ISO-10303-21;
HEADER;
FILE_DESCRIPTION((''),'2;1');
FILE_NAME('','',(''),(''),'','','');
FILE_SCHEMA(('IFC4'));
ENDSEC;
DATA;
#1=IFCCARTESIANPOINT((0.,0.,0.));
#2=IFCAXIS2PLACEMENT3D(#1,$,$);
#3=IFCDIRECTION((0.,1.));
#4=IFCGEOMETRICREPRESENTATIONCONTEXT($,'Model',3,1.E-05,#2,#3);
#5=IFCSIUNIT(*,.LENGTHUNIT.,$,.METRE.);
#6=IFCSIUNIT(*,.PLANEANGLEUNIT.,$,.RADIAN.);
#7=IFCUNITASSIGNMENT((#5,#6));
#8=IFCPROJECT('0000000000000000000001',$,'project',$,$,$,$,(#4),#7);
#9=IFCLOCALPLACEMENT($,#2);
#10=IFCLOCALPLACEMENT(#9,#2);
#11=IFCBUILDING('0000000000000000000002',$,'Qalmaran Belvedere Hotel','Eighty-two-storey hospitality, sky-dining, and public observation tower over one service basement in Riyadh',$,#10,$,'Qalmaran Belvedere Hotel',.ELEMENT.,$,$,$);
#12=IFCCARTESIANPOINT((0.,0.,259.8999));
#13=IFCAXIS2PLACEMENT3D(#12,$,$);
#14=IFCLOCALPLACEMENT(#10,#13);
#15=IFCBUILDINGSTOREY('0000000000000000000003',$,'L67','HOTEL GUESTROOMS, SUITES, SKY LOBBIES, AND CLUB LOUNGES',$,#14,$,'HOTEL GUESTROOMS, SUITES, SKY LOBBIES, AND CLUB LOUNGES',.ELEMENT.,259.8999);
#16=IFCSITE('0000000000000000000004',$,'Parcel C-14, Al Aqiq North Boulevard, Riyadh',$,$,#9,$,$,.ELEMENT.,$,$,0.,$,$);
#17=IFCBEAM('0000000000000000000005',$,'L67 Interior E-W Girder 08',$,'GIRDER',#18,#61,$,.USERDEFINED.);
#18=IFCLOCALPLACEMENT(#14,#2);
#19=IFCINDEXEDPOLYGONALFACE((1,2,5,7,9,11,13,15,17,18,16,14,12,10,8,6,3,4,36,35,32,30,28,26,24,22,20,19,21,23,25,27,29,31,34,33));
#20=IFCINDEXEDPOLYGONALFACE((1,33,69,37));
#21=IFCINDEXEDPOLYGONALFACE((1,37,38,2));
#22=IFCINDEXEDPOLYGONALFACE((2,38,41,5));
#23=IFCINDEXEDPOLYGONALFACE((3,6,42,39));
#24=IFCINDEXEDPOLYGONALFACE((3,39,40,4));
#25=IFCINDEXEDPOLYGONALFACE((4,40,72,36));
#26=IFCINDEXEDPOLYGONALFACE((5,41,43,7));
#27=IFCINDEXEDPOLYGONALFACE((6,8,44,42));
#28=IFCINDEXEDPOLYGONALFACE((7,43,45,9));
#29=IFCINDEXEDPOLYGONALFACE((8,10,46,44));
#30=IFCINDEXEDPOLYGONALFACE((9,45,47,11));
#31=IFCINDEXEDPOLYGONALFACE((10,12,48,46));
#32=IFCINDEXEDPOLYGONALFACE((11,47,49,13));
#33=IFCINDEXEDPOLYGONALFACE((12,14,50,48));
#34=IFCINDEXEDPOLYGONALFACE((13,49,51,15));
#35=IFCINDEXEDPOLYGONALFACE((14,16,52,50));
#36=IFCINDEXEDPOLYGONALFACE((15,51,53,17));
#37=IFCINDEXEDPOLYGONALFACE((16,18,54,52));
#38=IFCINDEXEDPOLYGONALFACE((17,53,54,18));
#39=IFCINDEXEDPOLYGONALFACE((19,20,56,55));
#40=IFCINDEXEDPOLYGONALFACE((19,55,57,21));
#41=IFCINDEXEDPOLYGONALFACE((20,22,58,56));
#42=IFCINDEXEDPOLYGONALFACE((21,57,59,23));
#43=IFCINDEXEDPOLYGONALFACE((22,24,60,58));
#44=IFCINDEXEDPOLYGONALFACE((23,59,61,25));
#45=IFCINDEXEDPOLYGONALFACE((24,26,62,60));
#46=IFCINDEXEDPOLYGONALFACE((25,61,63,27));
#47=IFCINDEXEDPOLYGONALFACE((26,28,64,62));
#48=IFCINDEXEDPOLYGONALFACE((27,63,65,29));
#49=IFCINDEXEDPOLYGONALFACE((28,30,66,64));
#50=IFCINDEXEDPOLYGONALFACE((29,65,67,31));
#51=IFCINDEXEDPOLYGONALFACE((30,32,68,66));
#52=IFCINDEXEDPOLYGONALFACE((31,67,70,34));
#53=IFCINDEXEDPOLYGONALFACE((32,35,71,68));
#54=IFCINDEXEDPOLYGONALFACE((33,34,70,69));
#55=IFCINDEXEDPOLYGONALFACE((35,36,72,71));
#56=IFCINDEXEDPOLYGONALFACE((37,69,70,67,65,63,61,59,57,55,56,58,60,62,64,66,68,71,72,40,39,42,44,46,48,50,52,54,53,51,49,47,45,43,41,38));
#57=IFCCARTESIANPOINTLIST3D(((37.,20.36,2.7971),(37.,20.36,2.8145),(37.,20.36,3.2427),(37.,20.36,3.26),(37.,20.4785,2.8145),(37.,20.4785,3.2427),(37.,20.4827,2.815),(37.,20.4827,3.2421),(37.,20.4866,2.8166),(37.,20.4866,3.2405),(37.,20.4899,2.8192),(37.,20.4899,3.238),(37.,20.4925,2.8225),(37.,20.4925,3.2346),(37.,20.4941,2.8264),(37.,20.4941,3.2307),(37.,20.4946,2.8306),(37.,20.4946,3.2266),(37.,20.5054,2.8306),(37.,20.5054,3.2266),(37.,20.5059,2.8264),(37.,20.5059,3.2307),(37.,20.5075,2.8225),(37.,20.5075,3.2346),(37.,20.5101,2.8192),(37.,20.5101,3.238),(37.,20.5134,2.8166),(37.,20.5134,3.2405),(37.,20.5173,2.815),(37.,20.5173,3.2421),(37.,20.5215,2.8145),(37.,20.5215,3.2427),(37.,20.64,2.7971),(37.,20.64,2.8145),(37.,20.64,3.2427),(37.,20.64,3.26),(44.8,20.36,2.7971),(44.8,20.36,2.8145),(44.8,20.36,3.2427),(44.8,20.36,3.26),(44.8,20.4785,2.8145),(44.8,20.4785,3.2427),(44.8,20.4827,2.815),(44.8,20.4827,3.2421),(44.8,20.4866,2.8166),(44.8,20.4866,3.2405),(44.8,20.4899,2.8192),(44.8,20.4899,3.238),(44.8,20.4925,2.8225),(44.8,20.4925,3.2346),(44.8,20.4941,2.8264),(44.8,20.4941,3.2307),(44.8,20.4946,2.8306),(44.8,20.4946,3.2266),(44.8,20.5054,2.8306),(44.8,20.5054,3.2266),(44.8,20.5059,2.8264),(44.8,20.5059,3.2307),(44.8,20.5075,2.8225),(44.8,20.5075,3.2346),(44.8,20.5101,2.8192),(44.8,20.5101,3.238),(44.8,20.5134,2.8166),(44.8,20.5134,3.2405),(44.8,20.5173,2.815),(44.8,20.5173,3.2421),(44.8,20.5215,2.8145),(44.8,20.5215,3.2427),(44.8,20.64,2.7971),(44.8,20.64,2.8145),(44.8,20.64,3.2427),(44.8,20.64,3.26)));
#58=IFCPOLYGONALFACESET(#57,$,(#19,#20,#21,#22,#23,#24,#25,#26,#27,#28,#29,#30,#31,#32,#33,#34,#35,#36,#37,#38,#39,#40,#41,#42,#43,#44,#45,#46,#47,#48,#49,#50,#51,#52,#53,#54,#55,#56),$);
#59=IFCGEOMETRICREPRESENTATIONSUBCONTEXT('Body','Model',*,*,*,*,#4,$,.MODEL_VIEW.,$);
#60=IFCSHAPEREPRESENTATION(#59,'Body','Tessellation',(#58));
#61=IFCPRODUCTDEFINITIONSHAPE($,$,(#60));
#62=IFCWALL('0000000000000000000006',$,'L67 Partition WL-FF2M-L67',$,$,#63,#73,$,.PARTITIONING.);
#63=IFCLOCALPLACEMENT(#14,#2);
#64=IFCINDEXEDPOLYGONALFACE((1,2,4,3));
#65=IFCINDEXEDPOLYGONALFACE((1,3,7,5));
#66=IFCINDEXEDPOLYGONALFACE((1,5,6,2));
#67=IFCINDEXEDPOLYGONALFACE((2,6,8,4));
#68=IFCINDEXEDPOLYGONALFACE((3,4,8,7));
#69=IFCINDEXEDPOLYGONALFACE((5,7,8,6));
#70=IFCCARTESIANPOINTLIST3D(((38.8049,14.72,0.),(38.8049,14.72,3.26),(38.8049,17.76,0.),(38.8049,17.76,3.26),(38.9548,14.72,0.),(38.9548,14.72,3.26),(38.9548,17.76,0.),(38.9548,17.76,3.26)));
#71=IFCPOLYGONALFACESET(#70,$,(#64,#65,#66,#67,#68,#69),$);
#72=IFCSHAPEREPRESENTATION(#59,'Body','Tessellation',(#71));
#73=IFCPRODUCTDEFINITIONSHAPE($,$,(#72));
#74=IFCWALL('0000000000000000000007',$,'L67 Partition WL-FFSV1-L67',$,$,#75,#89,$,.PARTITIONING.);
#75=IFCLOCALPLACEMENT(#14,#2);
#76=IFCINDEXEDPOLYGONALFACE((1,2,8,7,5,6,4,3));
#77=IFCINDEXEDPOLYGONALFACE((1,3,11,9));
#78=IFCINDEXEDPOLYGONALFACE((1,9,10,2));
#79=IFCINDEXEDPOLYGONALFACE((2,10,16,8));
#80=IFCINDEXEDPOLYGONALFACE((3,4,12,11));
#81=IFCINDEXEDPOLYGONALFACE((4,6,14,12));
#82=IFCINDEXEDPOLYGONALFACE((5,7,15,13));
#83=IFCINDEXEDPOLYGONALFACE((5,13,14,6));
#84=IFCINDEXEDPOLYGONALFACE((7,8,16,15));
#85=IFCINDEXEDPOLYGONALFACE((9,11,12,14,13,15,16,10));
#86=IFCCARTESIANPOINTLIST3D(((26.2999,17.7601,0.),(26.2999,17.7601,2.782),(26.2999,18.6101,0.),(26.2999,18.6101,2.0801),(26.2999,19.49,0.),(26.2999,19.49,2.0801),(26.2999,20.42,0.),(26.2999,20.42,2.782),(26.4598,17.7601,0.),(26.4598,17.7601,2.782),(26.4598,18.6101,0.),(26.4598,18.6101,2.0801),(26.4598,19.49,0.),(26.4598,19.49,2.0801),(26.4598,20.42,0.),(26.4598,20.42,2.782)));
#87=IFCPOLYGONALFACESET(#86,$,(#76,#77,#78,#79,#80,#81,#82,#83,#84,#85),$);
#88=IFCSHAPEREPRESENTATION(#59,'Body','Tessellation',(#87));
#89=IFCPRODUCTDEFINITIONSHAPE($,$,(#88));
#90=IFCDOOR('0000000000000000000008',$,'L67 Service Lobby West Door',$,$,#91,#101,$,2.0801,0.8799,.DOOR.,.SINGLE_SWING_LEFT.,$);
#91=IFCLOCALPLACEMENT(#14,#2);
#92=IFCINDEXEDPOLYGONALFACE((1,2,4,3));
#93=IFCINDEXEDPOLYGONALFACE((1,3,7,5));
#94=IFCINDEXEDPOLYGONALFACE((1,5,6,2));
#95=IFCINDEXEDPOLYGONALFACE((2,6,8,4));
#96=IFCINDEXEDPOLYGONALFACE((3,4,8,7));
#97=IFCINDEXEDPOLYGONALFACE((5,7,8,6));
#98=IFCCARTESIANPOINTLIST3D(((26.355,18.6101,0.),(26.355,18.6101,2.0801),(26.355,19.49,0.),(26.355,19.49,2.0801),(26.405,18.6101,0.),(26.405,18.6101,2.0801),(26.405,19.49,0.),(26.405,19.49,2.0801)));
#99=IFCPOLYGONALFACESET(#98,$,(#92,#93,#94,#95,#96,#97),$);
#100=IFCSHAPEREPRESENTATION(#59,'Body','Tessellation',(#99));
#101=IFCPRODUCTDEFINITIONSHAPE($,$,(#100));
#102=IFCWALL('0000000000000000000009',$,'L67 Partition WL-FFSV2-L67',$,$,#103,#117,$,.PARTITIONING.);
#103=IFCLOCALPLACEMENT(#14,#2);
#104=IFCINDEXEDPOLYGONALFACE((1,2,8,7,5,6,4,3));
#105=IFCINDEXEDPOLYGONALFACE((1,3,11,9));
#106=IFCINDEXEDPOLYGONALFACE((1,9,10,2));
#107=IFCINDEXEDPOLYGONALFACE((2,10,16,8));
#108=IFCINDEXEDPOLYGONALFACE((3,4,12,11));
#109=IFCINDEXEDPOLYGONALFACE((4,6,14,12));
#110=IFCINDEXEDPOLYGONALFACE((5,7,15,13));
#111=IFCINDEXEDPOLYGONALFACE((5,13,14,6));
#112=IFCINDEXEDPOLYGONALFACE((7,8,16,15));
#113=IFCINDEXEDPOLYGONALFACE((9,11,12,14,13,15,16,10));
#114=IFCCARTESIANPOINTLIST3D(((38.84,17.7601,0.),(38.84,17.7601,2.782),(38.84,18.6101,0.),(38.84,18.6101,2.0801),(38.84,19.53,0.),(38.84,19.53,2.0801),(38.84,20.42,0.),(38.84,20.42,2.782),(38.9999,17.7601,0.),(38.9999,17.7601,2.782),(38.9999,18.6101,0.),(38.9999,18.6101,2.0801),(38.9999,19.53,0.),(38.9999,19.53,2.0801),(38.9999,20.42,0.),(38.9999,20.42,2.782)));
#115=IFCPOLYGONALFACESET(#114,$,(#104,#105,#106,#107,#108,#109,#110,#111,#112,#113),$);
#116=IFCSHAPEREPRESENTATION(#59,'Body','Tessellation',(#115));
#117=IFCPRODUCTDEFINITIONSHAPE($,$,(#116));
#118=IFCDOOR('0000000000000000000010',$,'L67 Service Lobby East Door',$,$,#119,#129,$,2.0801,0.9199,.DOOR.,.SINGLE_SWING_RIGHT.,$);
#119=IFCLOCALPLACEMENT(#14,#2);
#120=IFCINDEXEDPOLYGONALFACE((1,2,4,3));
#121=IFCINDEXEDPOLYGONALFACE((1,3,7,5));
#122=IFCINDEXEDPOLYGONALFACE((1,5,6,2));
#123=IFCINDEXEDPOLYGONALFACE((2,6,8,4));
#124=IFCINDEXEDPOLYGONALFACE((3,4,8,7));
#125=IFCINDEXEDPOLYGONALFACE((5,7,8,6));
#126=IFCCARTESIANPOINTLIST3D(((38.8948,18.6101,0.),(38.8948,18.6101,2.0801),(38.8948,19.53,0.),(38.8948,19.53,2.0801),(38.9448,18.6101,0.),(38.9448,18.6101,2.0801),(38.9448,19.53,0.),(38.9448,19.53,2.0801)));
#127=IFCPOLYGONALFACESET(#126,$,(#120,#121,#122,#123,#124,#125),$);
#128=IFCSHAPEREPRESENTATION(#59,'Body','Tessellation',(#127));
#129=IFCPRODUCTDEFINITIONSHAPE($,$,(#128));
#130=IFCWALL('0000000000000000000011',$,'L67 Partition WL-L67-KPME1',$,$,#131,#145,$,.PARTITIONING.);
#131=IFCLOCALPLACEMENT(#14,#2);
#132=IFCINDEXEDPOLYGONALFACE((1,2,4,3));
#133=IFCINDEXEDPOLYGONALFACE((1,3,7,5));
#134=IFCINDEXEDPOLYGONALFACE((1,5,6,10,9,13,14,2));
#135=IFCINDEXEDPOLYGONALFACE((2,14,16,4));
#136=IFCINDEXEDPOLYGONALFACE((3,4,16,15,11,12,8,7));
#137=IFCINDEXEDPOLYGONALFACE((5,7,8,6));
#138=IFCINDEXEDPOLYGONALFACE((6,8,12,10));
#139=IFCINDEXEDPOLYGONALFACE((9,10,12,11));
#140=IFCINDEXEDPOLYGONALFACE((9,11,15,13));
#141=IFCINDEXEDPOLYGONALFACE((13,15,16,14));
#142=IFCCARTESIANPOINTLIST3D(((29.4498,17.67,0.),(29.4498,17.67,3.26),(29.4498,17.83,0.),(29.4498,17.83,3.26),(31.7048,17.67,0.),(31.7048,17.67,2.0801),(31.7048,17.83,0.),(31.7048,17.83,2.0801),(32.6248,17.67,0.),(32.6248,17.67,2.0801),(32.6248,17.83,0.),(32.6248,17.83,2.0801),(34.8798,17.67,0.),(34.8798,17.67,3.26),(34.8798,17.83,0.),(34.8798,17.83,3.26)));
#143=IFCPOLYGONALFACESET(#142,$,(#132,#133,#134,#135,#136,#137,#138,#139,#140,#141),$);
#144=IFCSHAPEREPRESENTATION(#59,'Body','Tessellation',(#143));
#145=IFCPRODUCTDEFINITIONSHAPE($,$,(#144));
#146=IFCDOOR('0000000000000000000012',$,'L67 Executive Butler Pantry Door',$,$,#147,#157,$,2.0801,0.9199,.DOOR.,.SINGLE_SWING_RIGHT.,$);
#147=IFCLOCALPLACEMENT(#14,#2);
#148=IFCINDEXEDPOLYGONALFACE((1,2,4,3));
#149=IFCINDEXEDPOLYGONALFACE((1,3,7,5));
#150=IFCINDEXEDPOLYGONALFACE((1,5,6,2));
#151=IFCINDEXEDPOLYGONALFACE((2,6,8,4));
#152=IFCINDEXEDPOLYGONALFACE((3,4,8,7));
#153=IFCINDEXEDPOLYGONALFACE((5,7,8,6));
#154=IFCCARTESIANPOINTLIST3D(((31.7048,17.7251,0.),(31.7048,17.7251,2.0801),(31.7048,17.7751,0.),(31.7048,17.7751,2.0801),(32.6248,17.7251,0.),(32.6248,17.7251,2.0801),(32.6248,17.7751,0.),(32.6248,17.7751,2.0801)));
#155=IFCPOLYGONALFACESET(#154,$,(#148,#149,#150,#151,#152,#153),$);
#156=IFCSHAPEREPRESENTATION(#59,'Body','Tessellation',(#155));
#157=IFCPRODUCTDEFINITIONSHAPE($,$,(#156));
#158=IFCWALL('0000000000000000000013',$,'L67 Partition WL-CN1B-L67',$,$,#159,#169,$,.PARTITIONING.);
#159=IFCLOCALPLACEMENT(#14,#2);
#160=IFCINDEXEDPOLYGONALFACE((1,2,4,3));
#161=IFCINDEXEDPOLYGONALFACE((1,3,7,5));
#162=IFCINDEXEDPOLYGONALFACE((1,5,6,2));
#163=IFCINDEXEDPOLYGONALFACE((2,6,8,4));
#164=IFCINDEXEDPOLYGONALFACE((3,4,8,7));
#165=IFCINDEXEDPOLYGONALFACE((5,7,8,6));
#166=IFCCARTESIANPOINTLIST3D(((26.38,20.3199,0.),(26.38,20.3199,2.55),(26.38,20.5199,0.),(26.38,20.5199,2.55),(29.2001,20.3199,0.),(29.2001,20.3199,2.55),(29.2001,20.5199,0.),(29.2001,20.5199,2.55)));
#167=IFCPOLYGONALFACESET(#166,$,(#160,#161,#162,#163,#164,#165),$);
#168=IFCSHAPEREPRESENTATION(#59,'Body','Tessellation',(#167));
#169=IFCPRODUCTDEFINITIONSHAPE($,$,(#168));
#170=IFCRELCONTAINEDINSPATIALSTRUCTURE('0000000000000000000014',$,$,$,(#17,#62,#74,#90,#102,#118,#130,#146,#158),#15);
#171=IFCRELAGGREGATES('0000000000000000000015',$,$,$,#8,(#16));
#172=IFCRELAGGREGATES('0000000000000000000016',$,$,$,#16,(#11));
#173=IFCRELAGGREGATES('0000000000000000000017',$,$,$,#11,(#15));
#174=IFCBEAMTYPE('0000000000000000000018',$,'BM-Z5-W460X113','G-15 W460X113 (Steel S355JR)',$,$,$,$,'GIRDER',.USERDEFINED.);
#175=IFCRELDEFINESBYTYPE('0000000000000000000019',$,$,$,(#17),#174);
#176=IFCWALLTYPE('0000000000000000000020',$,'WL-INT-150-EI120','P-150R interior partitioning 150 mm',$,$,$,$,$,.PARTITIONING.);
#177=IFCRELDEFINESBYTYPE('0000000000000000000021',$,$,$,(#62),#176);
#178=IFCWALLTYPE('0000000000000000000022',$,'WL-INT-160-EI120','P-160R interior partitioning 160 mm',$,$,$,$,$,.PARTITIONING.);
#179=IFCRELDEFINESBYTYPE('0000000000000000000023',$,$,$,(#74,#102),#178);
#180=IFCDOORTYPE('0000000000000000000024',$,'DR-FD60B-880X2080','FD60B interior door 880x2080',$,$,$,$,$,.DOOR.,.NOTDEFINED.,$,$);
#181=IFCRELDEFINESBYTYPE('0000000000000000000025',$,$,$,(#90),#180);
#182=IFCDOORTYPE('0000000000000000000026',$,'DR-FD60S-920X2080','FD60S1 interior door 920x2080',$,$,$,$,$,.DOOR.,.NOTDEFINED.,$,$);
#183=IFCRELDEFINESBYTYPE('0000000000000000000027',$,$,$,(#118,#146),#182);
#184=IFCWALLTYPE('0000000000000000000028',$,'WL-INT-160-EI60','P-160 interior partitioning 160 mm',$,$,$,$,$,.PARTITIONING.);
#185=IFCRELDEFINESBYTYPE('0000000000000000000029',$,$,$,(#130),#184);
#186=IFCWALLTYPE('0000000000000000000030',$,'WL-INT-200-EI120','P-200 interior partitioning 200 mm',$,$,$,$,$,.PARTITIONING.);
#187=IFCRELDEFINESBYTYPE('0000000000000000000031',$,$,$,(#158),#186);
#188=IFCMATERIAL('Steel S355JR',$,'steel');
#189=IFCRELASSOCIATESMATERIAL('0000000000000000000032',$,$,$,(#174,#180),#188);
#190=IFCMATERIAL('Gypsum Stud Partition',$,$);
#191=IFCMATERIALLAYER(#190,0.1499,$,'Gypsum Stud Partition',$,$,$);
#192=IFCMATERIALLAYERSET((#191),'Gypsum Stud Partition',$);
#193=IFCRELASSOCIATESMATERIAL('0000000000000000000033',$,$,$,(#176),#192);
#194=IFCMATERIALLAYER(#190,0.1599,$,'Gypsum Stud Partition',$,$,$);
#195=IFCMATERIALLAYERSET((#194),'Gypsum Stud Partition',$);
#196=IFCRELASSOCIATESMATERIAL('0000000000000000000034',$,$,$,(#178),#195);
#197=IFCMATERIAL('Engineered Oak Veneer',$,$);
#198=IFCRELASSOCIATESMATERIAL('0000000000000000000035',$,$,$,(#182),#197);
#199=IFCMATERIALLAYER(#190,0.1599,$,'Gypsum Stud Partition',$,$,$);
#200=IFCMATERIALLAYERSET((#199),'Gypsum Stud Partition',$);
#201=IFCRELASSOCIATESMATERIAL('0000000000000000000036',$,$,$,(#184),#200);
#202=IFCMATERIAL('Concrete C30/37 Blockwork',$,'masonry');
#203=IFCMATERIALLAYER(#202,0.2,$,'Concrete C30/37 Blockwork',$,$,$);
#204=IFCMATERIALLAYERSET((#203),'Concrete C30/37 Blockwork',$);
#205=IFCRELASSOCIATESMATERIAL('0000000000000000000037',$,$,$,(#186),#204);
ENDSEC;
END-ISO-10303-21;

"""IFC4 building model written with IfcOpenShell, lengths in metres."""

from ifc_helpers import new_model, si_unit, direction, frame, frame_2d, origin, origin_2d, place, context, subcontext, project, spatial, rectangle, i_section, extrude, material, layer, layer_set, material_profile, profile_set, type_object, element, fill, save


model = new_model("IFC4")

# Units and contexts
model_context = context("Model", 3, precision=1e-05, world=origin(), true_north=direction((0.0, 1.0)))
body_context = subcontext(model_context, "Body", "Model", "MODEL_VIEW")
ifc_project = project(units=[si_unit("LENGTHUNIT", "METRE"), si_unit("PLANEANGLEUNIT", "RADIAN")], contexts=[model_context])

# Site, building, storey
site_placement = place(None, origin())
site = spatial("IfcSite", under=ifc_project, at=site_placement, Name="Parcel C-14, Al Aqiq North Boulevard, Riyadh", CompositionType="ELEMENT", RefElevation=0.0)
building_placement = place(site_placement, origin())
building = spatial("IfcBuilding", under=site, at=building_placement, Name="Qalmaran Belvedere Hotel", Description="Eighty-two-storey hospitality, sky-dining, and public observation tower over one service basement in Riyadh", LongName="Qalmaran Belvedere Hotel", CompositionType="ELEMENT")
storey_placement = place(building_placement, frame((0.0, 0.0, 259.8999)))
storey = spatial("IfcBuildingStorey", under=building, at=storey_placement, Name="L67", Description="HOTEL GUESTROOMS, SUITES, SKY LOBBIES, AND CLUB LOUNGES", LongName="HOTEL GUESTROOMS, SUITES, SKY LOBBIES, AND CLUB LOUNGES", CompositionType="ELEMENT", Elevation=259.8999)

# Beam
ifc_material_1 = material(Name="Steel S355JR", Category="steel")
ifc_material_profile_1 = material_profile(ifc_material_1, i_section(OverallWidth=0.28, OverallDepth=0.4629, WebThickness=0.0107, FlangeThickness=0.0173, FilletRadius=0.0161, at=origin_2d()), Name="W460X113")
ifc_profile_set_1 = profile_set([ifc_material_profile_1], Name="Steel S355JR")
beam_type_1 = type_object("IfcBeamType", Name="BM-Z5-W460X113", Description="G-15 W460X113 (Steel S355JR)", ElementType="GIRDER", PredefinedType="USERDEFINED", material=ifc_profile_set_1)
for number, where, z_axis, x_axis, name in (
    (1, (37.0, 20.5, 3.0286), (1.0, 0.0, 0.0), (0.0, 1.0, 0.0), "L67 Interior E-W Girder 08"),
):
    element("IfcBeam", number, at=place(storey_placement, frame(where, z_axis=z_axis, x_axis=x_axis)), inside=storey, type_object=beam_type_1, Name=name, ObjectType="GIRDER", PredefinedType="USERDEFINED", context=body_context, shape_type="SweptSolid", body=[
        extrude(i_section(OverallWidth=0.28, OverallDepth=0.4629, WebThickness=0.0107, FlangeThickness=0.0173, FilletRadius=0.0161, at=origin_2d()), origin(), (0.0, 0.0, 1.0), 7.8),
    ])

# Wall
ifc_material_2 = material(Name="Gypsum Stud Partition")
ifc_layer_1 = layer(ifc_material_2, 0.1499, Name="Gypsum Stud Partition")
ifc_layer_set_1 = layer_set([ifc_layer_1], Name="Gypsum Stud Partition")
wall_type_1 = type_object("IfcWallType", Name="WL-INT-150-EI120", Description="P-150R interior partitioning 150 mm", PredefinedType="PARTITIONING", material=ifc_layer_set_1)
wall_1_placement = place(storey_placement, frame((38.8799, 14.72, 0.0), z_axis=(0.0, 0.0, 1.0), x_axis=(0.0, 1.0, 0.0)))
element("IfcWall", 2, at=wall_1_placement, inside=storey, type_object=wall_type_1, Name="L67 Partition WL-FF2M-L67", PredefinedType="PARTITIONING", context=body_context, shape_type="SweptSolid", body=[
    extrude(rectangle(XDim=3.04, YDim=0.1499, at=frame_2d((1.52, 0.0))), origin(), (0.0, 0.0, 1.0), 3.26),
])

# Walls, openings, doors
ifc_layer_2 = layer(ifc_material_2, 0.1599, Name="Gypsum Stud Partition")
ifc_layer_set_2 = layer_set([ifc_layer_2], Name="Gypsum Stud Partition")
wall_type_2 = type_object("IfcWallType", Name="WL-INT-160-EI120", Description="P-160R interior partitioning 160 mm", PredefinedType="PARTITIONING", material=ifc_layer_set_2)
wall_2_placement = place(storey_placement, frame((26.3799, 17.76, 0.0), z_axis=(0.0, 0.0, 1.0), x_axis=(0.0, 1.0, 0.0)))
wall_2 = element("IfcWall", 3, at=wall_2_placement, inside=storey, type_object=wall_type_2, Name="L67 Partition WL-FFSV1-L67", PredefinedType="PARTITIONING", context=body_context, shape_type="SweptSolid", body=[
    extrude(rectangle(XDim=2.6599, YDim=0.1599, at=frame_2d((1.3301, 0.0))), origin(), (0.0, 0.0, 1.0), 2.782),
])
opening_1_placement = place(wall_2_placement, frame((0.8501, 0.0, 0.0)))
opening_1 = element("IfcOpeningElement", 4, at=opening_1_placement, cuts=wall_2, PredefinedType="OPENING", context=body_context, shape_type="SweptSolid", body=[
    extrude(rectangle(XDim=0.8799, YDim=2.0801, at=frame_2d((0.4399, 1.04))), frame((0.0, 0.0898, 0.0), z_axis=(0.0, -1.0, 0.0), x_axis=(1.0, 0.0, 0.0)), (0.0, 0.0, 1.0), 0.1799),
])
door_type_1 = type_object("IfcDoorType", Name="DR-FD60B-880X2080", Description="FD60B interior door 880x2080", OperationType="NOTDEFINED", PredefinedType="DOOR", material=ifc_material_1)
door_1_placement = place(opening_1_placement, origin())
door_1 = element("IfcDoor", 5, at=door_1_placement, inside=storey, type_object=door_type_1, Name="L67 Service Lobby West Door", OperationType="SINGLE_SWING_LEFT", OverallHeight=2.0801, OverallWidth=0.8799, PredefinedType="DOOR", context=body_context, shape_type="SweptSolid", body=[
    extrude(rectangle(XDim=0.8799, YDim=2.0801, at=frame_2d((0.4399, 1.04))), frame((0.0, 0.0249, 0.0), z_axis=(0.0, -1.0, 0.0), x_axis=(1.0, 0.0, 0.0)), (0.0, 0.0, 1.0), 0.05),
])
fill(opening_1, door_1)
wall_3_placement = place(storey_placement, frame((38.9199, 17.76, 0.0), z_axis=(0.0, 0.0, 1.0), x_axis=(0.0, 1.0, 0.0)))
wall_3 = element("IfcWall", 6, at=wall_3_placement, inside=storey, type_object=wall_type_2, Name="L67 Partition WL-FFSV2-L67", PredefinedType="PARTITIONING", context=body_context, shape_type="SweptSolid", body=[
    extrude(rectangle(XDim=2.6599, YDim=0.1599, at=frame_2d((1.3301, 0.0))), origin(), (0.0, 0.0, 1.0), 2.782),
])
opening_2_placement = place(wall_3_placement, frame((1.77, 0.0, 0.0), z_axis=(0.0, 0.0, 1.0), x_axis=(-1.0, 0.0, 0.0)))
opening_2 = element("IfcOpeningElement", 7, at=opening_2_placement, cuts=wall_3, PredefinedType="OPENING", context=body_context, shape_type="SweptSolid", body=[
    extrude(rectangle(XDim=0.9199, YDim=2.0801, at=frame_2d((0.46, 1.04))), frame((0.0, 0.0898, 0.0), z_axis=(0.0, -1.0, 0.0), x_axis=(1.0, 0.0, 0.0)), (0.0, 0.0, 1.0), 0.1799),
])
ifc_material_3 = material(Name="Engineered Oak Veneer")
door_type_2 = type_object("IfcDoorType", Name="DR-FD60S-920X2080", Description="FD60S1 interior door 920x2080", OperationType="NOTDEFINED", PredefinedType="DOOR", material=ifc_material_3)
door_2_placement = place(opening_2_placement, origin())
door_2 = element("IfcDoor", 8, at=door_2_placement, inside=storey, type_object=door_type_2, Name="L67 Service Lobby East Door", OperationType="SINGLE_SWING_RIGHT", OverallHeight=2.0801, OverallWidth=0.9199, PredefinedType="DOOR", context=body_context, shape_type="SweptSolid", body=[
    extrude(rectangle(XDim=0.9199, YDim=2.0801, at=frame_2d((0.46, 1.04))), frame((0.0, 0.0249, 0.0), z_axis=(0.0, -1.0, 0.0), x_axis=(1.0, 0.0, 0.0)), (0.0, 0.0, 1.0), 0.05),
])
fill(opening_2, door_2)
ifc_layer_3 = layer(ifc_material_2, 0.1599, Name="Gypsum Stud Partition")
ifc_layer_set_3 = layer_set([ifc_layer_3], Name="Gypsum Stud Partition")
wall_type_3 = type_object("IfcWallType", Name="WL-INT-160-EI60", Description="P-160 interior partitioning 160 mm", PredefinedType="PARTITIONING", material=ifc_layer_set_3)
wall_4_placement = place(storey_placement, frame((29.45, 17.75, 0.0), z_axis=(0.0, 0.0, 1.0), x_axis=(1.0, 0.0, 0.0)))
wall_4 = element("IfcWall", 9, at=wall_4_placement, inside=storey, type_object=wall_type_3, Name="L67 Partition WL-L67-KPME1", PredefinedType="PARTITIONING", context=body_context, shape_type="SweptSolid", body=[
    extrude(rectangle(XDim=5.4299, YDim=0.1599, at=frame_2d((2.7148, 0.0))), origin(), (0.0, 0.0, 1.0), 3.26),
])
opening_3_placement = place(wall_4_placement, frame((3.1748, 0.0, 0.0), z_axis=(0.0, 0.0, 1.0), x_axis=(-1.0, 0.0, 0.0)))
opening_3 = element("IfcOpeningElement", 10, at=opening_3_placement, cuts=wall_4, PredefinedType="OPENING", context=body_context, shape_type="SweptSolid", body=[
    extrude(rectangle(XDim=0.9199, YDim=2.0801, at=frame_2d((0.46, 1.04))), frame((0.0, 0.0898, 0.0), z_axis=(0.0, -1.0, 0.0), x_axis=(1.0, 0.0, 0.0)), (0.0, 0.0, 1.0), 0.1799),
])
door_3_placement = place(opening_3_placement, origin())
door_3 = element("IfcDoor", 11, at=door_3_placement, inside=storey, type_object=door_type_2, Name="L67 Executive Butler Pantry Door", OperationType="SINGLE_SWING_RIGHT", OverallHeight=2.0801, OverallWidth=0.9199, PredefinedType="DOOR", context=body_context, shape_type="SweptSolid", body=[
    extrude(rectangle(XDim=0.9199, YDim=2.0801, at=frame_2d((0.46, 1.04))), frame((0.0, 0.0249, 0.0), z_axis=(0.0, -1.0, 0.0), x_axis=(1.0, 0.0, 0.0)), (0.0, 0.0, 1.0), 0.05),
])
fill(opening_3, door_3)

# Wall
ifc_material_4 = material(Name="Concrete C30/37 Blockwork", Category="masonry")
ifc_layer_4 = layer(ifc_material_4, 0.2, Name="Concrete C30/37 Blockwork")
ifc_layer_set_4 = layer_set([ifc_layer_4], Name="Concrete C30/37 Blockwork")
wall_type_4 = type_object("IfcWallType", Name="WL-INT-200-EI120", Description="P-200 interior partitioning 200 mm", PredefinedType="PARTITIONING", material=ifc_layer_set_4)
wall_5_placement = place(storey_placement, frame((26.3799, 20.4199, 0.0), z_axis=(0.0, 0.0, 1.0), x_axis=(1.0, 0.0, 0.0)))
element("IfcWall", 12, at=wall_5_placement, inside=storey, type_object=wall_type_4, Name="L67 Partition WL-CN1B-L67", PredefinedType="PARTITIONING", context=body_context, shape_type="SweptSolid", body=[
    extrude(rectangle(XDim=2.8201, YDim=0.2, at=frame_2d((1.4102, 0.0))), origin(), (0.0, 0.0, 1.0), 2.55),
])

save(model, "model.ifc")
